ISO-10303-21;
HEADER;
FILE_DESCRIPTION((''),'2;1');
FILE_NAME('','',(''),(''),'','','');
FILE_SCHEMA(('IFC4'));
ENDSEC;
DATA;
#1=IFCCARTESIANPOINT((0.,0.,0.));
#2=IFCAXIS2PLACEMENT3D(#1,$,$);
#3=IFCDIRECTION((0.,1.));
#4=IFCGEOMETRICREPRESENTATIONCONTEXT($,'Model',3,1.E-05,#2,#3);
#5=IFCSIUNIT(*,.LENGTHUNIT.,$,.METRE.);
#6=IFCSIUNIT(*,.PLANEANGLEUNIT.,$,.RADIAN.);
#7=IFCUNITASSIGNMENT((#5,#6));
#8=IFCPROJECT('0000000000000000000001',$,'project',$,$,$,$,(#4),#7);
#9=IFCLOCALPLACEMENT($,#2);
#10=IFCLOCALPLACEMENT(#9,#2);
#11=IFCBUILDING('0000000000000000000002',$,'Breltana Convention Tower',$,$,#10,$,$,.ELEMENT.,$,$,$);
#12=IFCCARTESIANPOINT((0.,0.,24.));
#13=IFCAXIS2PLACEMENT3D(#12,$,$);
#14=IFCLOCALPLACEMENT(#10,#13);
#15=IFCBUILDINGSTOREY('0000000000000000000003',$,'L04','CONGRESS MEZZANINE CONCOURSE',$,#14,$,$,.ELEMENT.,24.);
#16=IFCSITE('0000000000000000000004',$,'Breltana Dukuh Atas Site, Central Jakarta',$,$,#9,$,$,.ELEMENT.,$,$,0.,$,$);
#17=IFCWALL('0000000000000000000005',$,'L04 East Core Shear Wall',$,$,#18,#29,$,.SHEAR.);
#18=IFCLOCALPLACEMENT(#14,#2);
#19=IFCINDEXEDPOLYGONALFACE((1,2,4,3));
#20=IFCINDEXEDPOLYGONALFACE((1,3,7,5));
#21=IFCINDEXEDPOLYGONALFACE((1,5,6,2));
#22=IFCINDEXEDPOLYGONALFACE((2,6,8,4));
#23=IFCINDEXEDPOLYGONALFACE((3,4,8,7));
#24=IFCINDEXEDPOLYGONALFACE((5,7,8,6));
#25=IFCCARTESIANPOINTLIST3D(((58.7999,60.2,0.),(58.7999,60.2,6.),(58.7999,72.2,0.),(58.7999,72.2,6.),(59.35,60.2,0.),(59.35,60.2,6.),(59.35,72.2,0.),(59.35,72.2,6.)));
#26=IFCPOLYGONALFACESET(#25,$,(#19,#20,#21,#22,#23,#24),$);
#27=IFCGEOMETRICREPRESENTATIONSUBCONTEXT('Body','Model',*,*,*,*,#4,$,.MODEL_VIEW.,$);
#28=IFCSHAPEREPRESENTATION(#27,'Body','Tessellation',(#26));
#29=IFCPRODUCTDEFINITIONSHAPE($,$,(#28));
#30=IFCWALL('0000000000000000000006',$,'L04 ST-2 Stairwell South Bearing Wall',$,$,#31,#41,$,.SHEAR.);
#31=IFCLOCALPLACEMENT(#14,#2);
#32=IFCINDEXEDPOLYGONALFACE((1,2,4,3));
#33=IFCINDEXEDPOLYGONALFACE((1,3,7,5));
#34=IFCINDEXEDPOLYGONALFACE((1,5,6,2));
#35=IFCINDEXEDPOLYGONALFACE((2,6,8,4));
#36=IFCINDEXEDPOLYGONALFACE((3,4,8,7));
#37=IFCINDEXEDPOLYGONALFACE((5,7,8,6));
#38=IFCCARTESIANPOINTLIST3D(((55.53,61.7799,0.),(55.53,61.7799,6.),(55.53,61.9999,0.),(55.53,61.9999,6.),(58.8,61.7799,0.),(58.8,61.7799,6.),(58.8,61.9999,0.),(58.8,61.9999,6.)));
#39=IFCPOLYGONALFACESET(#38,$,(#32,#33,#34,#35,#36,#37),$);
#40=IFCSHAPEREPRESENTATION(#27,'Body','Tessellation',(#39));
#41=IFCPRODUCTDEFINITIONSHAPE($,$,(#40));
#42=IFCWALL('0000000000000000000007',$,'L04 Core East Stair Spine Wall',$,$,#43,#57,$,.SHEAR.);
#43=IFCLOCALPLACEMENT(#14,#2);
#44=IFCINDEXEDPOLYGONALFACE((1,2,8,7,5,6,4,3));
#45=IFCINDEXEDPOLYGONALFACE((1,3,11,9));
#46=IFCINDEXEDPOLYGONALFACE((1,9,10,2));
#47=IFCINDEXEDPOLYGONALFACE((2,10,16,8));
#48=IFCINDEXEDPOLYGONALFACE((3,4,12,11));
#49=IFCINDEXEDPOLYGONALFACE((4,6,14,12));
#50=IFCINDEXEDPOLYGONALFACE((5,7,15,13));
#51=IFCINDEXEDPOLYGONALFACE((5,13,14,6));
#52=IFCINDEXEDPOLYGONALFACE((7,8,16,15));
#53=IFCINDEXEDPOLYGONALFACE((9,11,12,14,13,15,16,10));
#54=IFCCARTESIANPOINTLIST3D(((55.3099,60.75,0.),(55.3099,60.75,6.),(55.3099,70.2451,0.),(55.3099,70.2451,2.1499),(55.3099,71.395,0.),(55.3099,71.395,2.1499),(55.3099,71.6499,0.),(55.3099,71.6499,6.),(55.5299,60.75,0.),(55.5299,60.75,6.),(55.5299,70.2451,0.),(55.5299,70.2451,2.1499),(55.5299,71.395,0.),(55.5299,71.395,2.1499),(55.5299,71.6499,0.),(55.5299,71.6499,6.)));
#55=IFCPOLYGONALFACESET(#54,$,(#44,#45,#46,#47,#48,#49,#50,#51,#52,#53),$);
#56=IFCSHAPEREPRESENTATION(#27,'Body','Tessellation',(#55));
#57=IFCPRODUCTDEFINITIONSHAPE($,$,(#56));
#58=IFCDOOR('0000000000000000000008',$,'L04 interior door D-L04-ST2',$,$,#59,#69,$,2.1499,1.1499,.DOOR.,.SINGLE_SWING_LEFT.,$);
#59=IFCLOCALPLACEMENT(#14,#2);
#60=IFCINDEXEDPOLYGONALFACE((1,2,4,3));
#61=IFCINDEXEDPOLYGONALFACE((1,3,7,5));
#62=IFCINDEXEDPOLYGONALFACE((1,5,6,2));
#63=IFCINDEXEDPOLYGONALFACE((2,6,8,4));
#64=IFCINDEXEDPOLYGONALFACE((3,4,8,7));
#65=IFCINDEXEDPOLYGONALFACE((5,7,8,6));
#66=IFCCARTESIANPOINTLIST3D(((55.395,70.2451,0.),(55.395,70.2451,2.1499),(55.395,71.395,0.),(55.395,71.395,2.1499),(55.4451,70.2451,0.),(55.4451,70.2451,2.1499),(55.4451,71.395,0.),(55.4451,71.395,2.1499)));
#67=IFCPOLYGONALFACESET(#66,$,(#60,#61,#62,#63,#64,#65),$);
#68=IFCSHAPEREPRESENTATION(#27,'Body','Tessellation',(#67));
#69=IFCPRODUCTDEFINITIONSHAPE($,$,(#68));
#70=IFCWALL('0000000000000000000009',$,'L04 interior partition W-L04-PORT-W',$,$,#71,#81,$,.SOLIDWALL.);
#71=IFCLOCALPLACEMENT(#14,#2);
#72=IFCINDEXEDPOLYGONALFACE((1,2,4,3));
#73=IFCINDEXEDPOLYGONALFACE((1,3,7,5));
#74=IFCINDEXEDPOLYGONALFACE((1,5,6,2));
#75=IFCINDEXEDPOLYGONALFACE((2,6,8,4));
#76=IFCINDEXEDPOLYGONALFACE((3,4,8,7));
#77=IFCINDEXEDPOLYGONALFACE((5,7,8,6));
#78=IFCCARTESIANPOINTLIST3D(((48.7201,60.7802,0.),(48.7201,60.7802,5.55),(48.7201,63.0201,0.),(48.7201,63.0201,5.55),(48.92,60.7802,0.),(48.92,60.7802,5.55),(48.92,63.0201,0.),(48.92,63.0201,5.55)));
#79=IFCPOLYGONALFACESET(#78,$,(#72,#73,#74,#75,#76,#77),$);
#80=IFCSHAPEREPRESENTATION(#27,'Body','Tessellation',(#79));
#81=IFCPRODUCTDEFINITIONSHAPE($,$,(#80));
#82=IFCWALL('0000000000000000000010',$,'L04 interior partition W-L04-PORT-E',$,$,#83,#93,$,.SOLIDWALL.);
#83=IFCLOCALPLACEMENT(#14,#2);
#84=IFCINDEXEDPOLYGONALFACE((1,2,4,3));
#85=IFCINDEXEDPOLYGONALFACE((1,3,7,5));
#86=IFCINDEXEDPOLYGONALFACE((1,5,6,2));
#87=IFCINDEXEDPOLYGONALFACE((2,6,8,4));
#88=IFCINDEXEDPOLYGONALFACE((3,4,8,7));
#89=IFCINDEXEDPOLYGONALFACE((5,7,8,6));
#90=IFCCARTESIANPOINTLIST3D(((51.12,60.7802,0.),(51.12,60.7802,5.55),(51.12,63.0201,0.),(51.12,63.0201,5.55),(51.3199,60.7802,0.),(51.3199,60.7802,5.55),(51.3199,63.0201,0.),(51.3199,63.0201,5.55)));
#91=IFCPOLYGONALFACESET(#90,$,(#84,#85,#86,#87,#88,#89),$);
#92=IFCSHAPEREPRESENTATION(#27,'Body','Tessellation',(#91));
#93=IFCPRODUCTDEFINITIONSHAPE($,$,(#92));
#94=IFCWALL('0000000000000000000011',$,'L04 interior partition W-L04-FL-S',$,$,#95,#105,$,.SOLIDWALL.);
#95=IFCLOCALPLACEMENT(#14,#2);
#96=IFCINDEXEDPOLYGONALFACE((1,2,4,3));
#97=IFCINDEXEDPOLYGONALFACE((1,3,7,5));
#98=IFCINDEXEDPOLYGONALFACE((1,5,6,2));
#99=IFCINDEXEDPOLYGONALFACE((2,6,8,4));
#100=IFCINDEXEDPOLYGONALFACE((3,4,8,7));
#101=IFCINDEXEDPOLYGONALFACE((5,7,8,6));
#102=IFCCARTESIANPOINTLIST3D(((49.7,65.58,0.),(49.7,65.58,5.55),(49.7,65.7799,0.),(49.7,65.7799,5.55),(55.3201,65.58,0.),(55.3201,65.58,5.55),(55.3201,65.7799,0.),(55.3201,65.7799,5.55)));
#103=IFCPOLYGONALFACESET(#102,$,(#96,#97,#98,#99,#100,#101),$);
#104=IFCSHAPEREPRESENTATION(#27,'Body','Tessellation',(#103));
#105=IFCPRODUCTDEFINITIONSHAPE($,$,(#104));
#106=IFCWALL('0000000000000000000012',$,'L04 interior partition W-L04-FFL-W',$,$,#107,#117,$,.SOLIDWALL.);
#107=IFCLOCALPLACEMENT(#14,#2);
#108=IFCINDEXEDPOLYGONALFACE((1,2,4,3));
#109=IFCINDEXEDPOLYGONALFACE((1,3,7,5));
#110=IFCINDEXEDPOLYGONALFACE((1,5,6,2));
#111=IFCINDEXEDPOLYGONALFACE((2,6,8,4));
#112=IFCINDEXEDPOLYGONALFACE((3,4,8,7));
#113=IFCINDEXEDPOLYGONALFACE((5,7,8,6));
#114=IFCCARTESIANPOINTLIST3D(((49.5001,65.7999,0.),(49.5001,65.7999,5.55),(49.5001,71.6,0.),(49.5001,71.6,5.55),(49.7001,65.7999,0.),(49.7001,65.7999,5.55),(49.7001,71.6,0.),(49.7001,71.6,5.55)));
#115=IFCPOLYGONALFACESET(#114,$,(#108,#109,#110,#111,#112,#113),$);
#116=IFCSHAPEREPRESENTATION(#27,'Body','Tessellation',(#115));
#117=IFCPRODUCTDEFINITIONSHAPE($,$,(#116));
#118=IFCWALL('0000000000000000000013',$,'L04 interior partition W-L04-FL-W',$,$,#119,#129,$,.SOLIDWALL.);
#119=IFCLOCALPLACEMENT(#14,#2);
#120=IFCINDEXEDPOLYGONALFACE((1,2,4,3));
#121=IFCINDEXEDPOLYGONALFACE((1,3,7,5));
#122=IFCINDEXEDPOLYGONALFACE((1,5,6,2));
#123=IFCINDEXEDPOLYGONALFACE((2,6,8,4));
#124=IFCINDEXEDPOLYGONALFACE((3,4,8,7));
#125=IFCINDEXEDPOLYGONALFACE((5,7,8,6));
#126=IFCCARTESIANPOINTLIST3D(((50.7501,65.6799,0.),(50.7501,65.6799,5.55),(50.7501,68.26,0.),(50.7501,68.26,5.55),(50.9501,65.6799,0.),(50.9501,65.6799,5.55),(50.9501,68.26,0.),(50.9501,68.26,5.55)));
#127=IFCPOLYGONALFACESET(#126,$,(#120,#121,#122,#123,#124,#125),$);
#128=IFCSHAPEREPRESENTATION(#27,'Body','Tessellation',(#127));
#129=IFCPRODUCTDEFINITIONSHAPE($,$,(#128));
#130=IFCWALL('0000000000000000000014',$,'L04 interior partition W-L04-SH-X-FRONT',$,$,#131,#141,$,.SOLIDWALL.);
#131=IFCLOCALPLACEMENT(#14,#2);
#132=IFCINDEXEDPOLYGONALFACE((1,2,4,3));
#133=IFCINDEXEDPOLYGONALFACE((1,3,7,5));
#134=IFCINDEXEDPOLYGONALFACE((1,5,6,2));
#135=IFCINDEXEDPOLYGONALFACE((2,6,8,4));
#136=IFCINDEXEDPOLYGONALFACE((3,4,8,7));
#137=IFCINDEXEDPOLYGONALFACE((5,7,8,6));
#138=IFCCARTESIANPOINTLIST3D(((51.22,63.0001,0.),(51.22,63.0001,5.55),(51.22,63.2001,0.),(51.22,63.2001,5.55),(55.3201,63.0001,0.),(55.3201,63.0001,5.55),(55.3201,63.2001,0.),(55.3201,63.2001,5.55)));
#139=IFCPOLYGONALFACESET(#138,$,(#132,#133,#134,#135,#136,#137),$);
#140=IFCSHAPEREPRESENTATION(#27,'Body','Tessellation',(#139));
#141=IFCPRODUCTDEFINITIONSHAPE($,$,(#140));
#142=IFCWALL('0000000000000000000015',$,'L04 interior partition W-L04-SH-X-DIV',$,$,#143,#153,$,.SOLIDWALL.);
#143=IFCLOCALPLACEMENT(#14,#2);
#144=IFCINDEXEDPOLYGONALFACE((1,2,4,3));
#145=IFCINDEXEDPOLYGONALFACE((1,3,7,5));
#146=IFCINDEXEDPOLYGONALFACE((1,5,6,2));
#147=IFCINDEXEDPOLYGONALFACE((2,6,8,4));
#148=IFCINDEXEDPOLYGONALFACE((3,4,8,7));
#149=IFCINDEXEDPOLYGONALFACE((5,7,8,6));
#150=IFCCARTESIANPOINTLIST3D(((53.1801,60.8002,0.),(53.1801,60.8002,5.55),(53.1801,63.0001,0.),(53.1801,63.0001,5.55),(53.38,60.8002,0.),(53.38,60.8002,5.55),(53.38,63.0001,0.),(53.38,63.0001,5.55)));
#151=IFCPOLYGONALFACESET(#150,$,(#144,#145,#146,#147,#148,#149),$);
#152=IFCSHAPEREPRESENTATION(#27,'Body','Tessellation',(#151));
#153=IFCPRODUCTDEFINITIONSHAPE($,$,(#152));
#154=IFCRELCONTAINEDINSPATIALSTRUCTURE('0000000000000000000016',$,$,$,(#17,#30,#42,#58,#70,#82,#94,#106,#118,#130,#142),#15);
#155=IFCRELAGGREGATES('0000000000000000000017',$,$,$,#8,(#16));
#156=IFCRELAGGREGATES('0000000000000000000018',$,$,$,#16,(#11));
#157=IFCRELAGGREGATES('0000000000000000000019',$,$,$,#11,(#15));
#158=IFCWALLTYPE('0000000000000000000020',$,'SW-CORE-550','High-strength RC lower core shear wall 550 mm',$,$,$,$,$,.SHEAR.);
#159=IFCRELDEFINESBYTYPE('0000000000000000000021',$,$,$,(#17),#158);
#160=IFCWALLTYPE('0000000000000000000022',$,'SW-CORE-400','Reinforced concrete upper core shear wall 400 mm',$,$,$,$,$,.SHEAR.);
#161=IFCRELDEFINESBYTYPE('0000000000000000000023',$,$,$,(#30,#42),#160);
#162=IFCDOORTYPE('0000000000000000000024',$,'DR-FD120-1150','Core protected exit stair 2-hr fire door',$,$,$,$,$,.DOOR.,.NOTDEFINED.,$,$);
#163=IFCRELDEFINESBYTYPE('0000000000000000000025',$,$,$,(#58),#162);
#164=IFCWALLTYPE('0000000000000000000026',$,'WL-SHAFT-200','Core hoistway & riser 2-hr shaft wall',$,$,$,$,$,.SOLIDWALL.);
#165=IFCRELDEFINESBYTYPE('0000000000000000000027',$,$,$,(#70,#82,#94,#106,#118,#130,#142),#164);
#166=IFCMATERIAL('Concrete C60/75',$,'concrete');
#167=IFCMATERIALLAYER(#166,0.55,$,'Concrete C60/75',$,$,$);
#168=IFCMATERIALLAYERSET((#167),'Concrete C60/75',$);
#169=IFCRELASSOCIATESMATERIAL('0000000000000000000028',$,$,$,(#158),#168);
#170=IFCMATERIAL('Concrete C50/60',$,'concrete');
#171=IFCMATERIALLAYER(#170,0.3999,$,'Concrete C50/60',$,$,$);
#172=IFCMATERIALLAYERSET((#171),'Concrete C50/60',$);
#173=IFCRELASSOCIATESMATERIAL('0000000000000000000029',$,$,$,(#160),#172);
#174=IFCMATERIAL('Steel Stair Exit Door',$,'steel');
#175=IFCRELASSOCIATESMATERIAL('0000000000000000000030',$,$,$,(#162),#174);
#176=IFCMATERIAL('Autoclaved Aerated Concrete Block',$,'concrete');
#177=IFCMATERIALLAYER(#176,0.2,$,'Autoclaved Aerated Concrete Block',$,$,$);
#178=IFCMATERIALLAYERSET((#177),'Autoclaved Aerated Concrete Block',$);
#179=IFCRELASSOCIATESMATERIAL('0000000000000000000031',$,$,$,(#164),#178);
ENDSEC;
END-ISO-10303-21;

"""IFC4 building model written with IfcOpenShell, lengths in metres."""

from ifc_helpers import new_model, si_unit, direction, frame, frame_2d, origin, place, context, subcontext, project, spatial, rectangle, extrude, source, transform, mapped, material, layer, layer_set, type_object, type_shapes, element, fill, save


model = new_model("IFC4")

# Units and contexts
model_context = context("Model", 3, precision=1e-05, world=origin(), true_north=direction((0.0, 1.0)))
body_context = subcontext(model_context, "Body", "Model", "MODEL_VIEW")
ifc_project = project(units=[si_unit("LENGTHUNIT", "METRE"), si_unit("PLANEANGLEUNIT", "RADIAN")], contexts=[model_context])

# Site, building, storey
site_placement = place(None, origin())
site = spatial("IfcSite", under=ifc_project, at=site_placement, Name="Breltana Dukuh Atas Site, Central Jakarta", CompositionType="ELEMENT", RefElevation=0.0)
building_placement = place(site_placement, origin())
building = spatial("IfcBuilding", under=site, at=building_placement, Name="Breltana Convention Tower", CompositionType="ELEMENT")
storey_placement = place(building_placement, frame((0.0, 0.0, 24.0)))
storey = spatial("IfcBuildingStorey", under=building, at=storey_placement, Name="L04", Description="CONGRESS MEZZANINE CONCOURSE", CompositionType="ELEMENT", Elevation=24.0)

# Walls
ifc_material_1 = material(Name="Concrete C60/75", Category="concrete")
ifc_layer_1 = layer(ifc_material_1, 0.55, Name="Concrete C60/75")
ifc_layer_set_1 = layer_set([ifc_layer_1], Name="Concrete C60/75")
wall_type_1 = type_object("IfcWallType", Name="SW-CORE-550", Description="High-strength RC lower core shear wall 550 mm", PredefinedType="SHEAR", material=ifc_layer_set_1)
shared_shape_1 = source(origin(), body_context, "Body", "SweptSolid", [
    extrude(rectangle(XDim=12.0, YDim=0.55, at=frame_2d((6.0, 0.0))), origin(), (0.0, 0.0, 1.0), 6.0),
])
wall_1_placement = place(storey_placement, frame((59.075, 60.2, 0.0), z_axis=(0.0, 0.0, 1.0), x_axis=(0.0, 1.0, 0.0)))
element("IfcWall", 1, at=wall_1_placement, inside=storey, type_object=wall_type_1, Name="L04 East Core Shear Wall", PredefinedType="SHEAR", context=body_context, shape_type="MappedRepresentation", body=[
    mapped(shared_shape_1, transform((0.0, 0.0, 0.0), scale=1.0)),
])
ifc_material_2 = material(Name="Concrete C50/60", Category="concrete")
ifc_layer_2 = layer(ifc_material_2, 0.3999, Name="Concrete C50/60")
ifc_layer_set_2 = layer_set([ifc_layer_2], Name="Concrete C50/60")
wall_type_2 = type_object("IfcWallType", Name="SW-CORE-400", Description="Reinforced concrete upper core shear wall 400 mm", PredefinedType="SHEAR", material=ifc_layer_set_2)
shared_shape_2 = source(origin(), body_context, "Body", "SweptSolid", [
    extrude(rectangle(XDim=3.27, YDim=0.22, at=frame_2d((1.635, 0.0))), origin(), (0.0, 0.0, 1.0), 6.0),
])
wall_2_placement = place(storey_placement, frame((55.53, 61.8899, 0.0), z_axis=(0.0, 0.0, 1.0), x_axis=(1.0, 0.0, 0.0)))
element("IfcWall", 2, at=wall_2_placement, inside=storey, type_object=wall_type_2, Name="L04 ST-2 Stairwell South Bearing Wall", PredefinedType="SHEAR", context=body_context, shape_type="MappedRepresentation", body=[
    mapped(shared_shape_2, transform((0.0, 0.0, 0.0), scale=1.0)),
])

# Wall, opening, door
shared_shape_3 = source(origin(), body_context, "Body", "SweptSolid", [
    extrude(rectangle(XDim=10.8999, YDim=0.22, at=frame_2d((5.45, 0.0))), origin(), (0.0, 0.0, 1.0), 6.0),
])
wall_3_placement = place(storey_placement, frame((55.4199, 60.75, 0.0), z_axis=(0.0, 0.0, 1.0), x_axis=(0.0, 1.0, 0.0)))
wall_3 = element("IfcWall", 3, at=wall_3_placement, inside=storey, type_object=wall_type_2, Name="L04 Core East Stair Spine Wall", PredefinedType="SHEAR", context=body_context, shape_type="MappedRepresentation", body=[
    mapped(shared_shape_3, transform((0.0, 0.0, 0.0), scale=1.0)),
])
opening_1_placement = place(wall_3_placement, frame((9.4951, 0.0, 0.0)))
opening_1 = element("IfcOpeningElement", 4, at=opening_1_placement, cuts=wall_3, PredefinedType="OPENING", context=body_context, shape_type="SweptSolid", body=[
    extrude(rectangle(XDim=1.1499, YDim=2.1499, at=frame_2d((0.575, 1.075))), frame((0.0, 0.1201, 0.0), z_axis=(0.0, -1.0, 0.0), x_axis=(1.0, 0.0, 0.0)), (0.0, 0.0, 1.0), 0.24),
])
ifc_material_3 = material(Name="Steel Stair Exit Door", Category="steel")
door_type_1 = type_object("IfcDoorType", Name="DR-FD120-1150", Description="Core protected exit stair 2-hr fire door", OperationType="NOTDEFINED", PredefinedType="DOOR", material=ifc_material_3)
shared_shape_4 = source(origin(), body_context, "Body", "SweptSolid", [
    extrude(rectangle(XDim=1.1499, YDim=2.1499, at=frame_2d((0.575, 1.075))), frame((0.0, 0.0249, 0.0), z_axis=(0.0, -1.0, 0.0), x_axis=(1.0, 0.0, 0.0)), (0.0, 0.0, 1.0), 0.05),
])
type_shapes(door_type_1, [shared_shape_4])
door_1_placement = place(opening_1_placement, origin())
door_1 = element("IfcDoor", 5, at=door_1_placement, inside=storey, type_object=door_type_1, Name="L04 interior door D-L04-ST2", OperationType="SINGLE_SWING_LEFT", OverallHeight=2.1499, OverallWidth=1.1499, PredefinedType="DOOR", context=body_context, shape_type="MappedRepresentation", body=[
    mapped(shared_shape_4, transform((0.0, 0.0, 0.0), scale=1.0)),
])
fill(opening_1, door_1)

# Walls
ifc_material_4 = material(Name="Autoclaved Aerated Concrete Block", Category="concrete")
ifc_layer_3 = layer(ifc_material_4, 0.2, Name="Autoclaved Aerated Concrete Block")
ifc_layer_set_3 = layer_set([ifc_layer_3], Name="Autoclaved Aerated Concrete Block")
wall_type_3 = type_object("IfcWallType", Name="WL-SHAFT-200", Description="Core hoistway & riser 2-hr shaft wall", PredefinedType="SOLIDWALL", material=ifc_layer_set_3)
shared_shape_5 = source(origin(), body_context, "Body", "SweptSolid", [
    extrude(rectangle(XDim=2.24, YDim=0.2, at=frame_2d((1.1201, 0.0))), origin(), (0.0, 0.0, 1.0), 5.55),
])
for number, where, z_axis, x_axis, name in (
    (6, (48.8201, 60.78, 0.0), (0.0, 0.0, 1.0), (0.0, 1.0, 0.0), "L04 interior partition W-L04-PORT-W"),
    (7, (51.22, 60.78, 0.0), (0.0, 0.0, 1.0), (0.0, 1.0, 0.0), "L04 interior partition W-L04-PORT-E"),
):
    element("IfcWall", number, at=place(storey_placement, frame(where, z_axis=z_axis, x_axis=x_axis)), inside=storey, type_object=wall_type_3, Name=name, PredefinedType="SOLIDWALL", context=body_context, shape_type="MappedRepresentation", body=[
        mapped(shared_shape_5, transform((0.0, 0.0, 0.0), scale=1.0)),
    ])
shared_shape_6 = source(origin(), body_context, "Body", "SweptSolid", [
    extrude(rectangle(XDim=5.6201, YDim=0.2, at=frame_2d((2.8101, 0.0))), origin(), (0.0, 0.0, 1.0), 5.55),
])
wall_4_placement = place(storey_placement, frame((49.7, 65.6799, 0.0), z_axis=(0.0, 0.0, 1.0), x_axis=(1.0, 0.0, 0.0)))
element("IfcWall", 8, at=wall_4_placement, inside=storey, type_object=wall_type_3, Name="L04 interior partition W-L04-FL-S", PredefinedType="SOLIDWALL", context=body_context, shape_type="MappedRepresentation", body=[
    mapped(shared_shape_6, transform((0.0, 0.0, 0.0), scale=1.0)),
])
shared_shape_7 = source(origin(), body_context, "Body", "SweptSolid", [
    extrude(rectangle(XDim=5.8, YDim=0.2, at=frame_2d((2.8999, 0.0))), origin(), (0.0, 0.0, 1.0), 5.55),
])
wall_5_placement = place(storey_placement, frame((49.6001, 65.8, 0.0), z_axis=(0.0, 0.0, 1.0), x_axis=(0.0, 1.0, 0.0)))
element("IfcWall", 9, at=wall_5_placement, inside=storey, type_object=wall_type_3, Name="L04 interior partition W-L04-FFL-W", PredefinedType="SOLIDWALL", context=body_context, shape_type="MappedRepresentation", body=[
    mapped(shared_shape_7, transform((0.0, 0.0, 0.0), scale=1.0)),
])
shared_shape_8 = source(origin(), body_context, "Body", "SweptSolid", [
    extrude(rectangle(XDim=2.5801, YDim=0.2, at=frame_2d((1.29, 0.0))), origin(), (0.0, 0.0, 1.0), 5.55),
])
wall_6_placement = place(storey_placement, frame((50.8501, 65.6799, 0.0), z_axis=(0.0, 0.0, 1.0), x_axis=(0.0, 1.0, 0.0)))
element("IfcWall", 10, at=wall_6_placement, inside=storey, type_object=wall_type_3, Name="L04 interior partition W-L04-FL-W", PredefinedType="SOLIDWALL", context=body_context, shape_type="MappedRepresentation", body=[
    mapped(shared_shape_8, transform((0.0, 0.0, 0.0), scale=1.0)),
])
shared_shape_9 = source(origin(), body_context, "Body", "SweptSolid", [
    extrude(rectangle(XDim=4.1001, YDim=0.2, at=frame_2d((2.05, 0.0))), origin(), (0.0, 0.0, 1.0), 5.55),
])
wall_7_placement = place(storey_placement, frame((51.22, 63.1001, 0.0), z_axis=(0.0, 0.0, 1.0), x_axis=(1.0, 0.0, 0.0)))
element("IfcWall", 11, at=wall_7_placement, inside=storey, type_object=wall_type_3, Name="L04 interior partition W-L04-SH-X-FRONT", PredefinedType="SOLIDWALL", context=body_context, shape_type="MappedRepresentation", body=[
    mapped(shared_shape_9, transform((0.0, 0.0, 0.0), scale=1.0)),
])
shared_shape_10 = source(origin(), body_context, "Body", "SweptSolid", [
    extrude(rectangle(XDim=2.2, YDim=0.2, at=frame_2d((1.1001, 0.0))), origin(), (0.0, 0.0, 1.0), 5.55),
])
wall_8_placement = place(storey_placement, frame((53.28, 60.8, 0.0), z_axis=(0.0, 0.0, 1.0), x_axis=(0.0, 1.0, 0.0)))
element("IfcWall", 12, at=wall_8_placement, inside=storey, type_object=wall_type_3, Name="L04 interior partition W-L04-SH-X-DIV", PredefinedType="SOLIDWALL", context=body_context, shape_type="MappedRepresentation", body=[
    mapped(shared_shape_10, transform((0.0, 0.0, 0.0), scale=1.0)),
])

save(model, "model.ifc")
